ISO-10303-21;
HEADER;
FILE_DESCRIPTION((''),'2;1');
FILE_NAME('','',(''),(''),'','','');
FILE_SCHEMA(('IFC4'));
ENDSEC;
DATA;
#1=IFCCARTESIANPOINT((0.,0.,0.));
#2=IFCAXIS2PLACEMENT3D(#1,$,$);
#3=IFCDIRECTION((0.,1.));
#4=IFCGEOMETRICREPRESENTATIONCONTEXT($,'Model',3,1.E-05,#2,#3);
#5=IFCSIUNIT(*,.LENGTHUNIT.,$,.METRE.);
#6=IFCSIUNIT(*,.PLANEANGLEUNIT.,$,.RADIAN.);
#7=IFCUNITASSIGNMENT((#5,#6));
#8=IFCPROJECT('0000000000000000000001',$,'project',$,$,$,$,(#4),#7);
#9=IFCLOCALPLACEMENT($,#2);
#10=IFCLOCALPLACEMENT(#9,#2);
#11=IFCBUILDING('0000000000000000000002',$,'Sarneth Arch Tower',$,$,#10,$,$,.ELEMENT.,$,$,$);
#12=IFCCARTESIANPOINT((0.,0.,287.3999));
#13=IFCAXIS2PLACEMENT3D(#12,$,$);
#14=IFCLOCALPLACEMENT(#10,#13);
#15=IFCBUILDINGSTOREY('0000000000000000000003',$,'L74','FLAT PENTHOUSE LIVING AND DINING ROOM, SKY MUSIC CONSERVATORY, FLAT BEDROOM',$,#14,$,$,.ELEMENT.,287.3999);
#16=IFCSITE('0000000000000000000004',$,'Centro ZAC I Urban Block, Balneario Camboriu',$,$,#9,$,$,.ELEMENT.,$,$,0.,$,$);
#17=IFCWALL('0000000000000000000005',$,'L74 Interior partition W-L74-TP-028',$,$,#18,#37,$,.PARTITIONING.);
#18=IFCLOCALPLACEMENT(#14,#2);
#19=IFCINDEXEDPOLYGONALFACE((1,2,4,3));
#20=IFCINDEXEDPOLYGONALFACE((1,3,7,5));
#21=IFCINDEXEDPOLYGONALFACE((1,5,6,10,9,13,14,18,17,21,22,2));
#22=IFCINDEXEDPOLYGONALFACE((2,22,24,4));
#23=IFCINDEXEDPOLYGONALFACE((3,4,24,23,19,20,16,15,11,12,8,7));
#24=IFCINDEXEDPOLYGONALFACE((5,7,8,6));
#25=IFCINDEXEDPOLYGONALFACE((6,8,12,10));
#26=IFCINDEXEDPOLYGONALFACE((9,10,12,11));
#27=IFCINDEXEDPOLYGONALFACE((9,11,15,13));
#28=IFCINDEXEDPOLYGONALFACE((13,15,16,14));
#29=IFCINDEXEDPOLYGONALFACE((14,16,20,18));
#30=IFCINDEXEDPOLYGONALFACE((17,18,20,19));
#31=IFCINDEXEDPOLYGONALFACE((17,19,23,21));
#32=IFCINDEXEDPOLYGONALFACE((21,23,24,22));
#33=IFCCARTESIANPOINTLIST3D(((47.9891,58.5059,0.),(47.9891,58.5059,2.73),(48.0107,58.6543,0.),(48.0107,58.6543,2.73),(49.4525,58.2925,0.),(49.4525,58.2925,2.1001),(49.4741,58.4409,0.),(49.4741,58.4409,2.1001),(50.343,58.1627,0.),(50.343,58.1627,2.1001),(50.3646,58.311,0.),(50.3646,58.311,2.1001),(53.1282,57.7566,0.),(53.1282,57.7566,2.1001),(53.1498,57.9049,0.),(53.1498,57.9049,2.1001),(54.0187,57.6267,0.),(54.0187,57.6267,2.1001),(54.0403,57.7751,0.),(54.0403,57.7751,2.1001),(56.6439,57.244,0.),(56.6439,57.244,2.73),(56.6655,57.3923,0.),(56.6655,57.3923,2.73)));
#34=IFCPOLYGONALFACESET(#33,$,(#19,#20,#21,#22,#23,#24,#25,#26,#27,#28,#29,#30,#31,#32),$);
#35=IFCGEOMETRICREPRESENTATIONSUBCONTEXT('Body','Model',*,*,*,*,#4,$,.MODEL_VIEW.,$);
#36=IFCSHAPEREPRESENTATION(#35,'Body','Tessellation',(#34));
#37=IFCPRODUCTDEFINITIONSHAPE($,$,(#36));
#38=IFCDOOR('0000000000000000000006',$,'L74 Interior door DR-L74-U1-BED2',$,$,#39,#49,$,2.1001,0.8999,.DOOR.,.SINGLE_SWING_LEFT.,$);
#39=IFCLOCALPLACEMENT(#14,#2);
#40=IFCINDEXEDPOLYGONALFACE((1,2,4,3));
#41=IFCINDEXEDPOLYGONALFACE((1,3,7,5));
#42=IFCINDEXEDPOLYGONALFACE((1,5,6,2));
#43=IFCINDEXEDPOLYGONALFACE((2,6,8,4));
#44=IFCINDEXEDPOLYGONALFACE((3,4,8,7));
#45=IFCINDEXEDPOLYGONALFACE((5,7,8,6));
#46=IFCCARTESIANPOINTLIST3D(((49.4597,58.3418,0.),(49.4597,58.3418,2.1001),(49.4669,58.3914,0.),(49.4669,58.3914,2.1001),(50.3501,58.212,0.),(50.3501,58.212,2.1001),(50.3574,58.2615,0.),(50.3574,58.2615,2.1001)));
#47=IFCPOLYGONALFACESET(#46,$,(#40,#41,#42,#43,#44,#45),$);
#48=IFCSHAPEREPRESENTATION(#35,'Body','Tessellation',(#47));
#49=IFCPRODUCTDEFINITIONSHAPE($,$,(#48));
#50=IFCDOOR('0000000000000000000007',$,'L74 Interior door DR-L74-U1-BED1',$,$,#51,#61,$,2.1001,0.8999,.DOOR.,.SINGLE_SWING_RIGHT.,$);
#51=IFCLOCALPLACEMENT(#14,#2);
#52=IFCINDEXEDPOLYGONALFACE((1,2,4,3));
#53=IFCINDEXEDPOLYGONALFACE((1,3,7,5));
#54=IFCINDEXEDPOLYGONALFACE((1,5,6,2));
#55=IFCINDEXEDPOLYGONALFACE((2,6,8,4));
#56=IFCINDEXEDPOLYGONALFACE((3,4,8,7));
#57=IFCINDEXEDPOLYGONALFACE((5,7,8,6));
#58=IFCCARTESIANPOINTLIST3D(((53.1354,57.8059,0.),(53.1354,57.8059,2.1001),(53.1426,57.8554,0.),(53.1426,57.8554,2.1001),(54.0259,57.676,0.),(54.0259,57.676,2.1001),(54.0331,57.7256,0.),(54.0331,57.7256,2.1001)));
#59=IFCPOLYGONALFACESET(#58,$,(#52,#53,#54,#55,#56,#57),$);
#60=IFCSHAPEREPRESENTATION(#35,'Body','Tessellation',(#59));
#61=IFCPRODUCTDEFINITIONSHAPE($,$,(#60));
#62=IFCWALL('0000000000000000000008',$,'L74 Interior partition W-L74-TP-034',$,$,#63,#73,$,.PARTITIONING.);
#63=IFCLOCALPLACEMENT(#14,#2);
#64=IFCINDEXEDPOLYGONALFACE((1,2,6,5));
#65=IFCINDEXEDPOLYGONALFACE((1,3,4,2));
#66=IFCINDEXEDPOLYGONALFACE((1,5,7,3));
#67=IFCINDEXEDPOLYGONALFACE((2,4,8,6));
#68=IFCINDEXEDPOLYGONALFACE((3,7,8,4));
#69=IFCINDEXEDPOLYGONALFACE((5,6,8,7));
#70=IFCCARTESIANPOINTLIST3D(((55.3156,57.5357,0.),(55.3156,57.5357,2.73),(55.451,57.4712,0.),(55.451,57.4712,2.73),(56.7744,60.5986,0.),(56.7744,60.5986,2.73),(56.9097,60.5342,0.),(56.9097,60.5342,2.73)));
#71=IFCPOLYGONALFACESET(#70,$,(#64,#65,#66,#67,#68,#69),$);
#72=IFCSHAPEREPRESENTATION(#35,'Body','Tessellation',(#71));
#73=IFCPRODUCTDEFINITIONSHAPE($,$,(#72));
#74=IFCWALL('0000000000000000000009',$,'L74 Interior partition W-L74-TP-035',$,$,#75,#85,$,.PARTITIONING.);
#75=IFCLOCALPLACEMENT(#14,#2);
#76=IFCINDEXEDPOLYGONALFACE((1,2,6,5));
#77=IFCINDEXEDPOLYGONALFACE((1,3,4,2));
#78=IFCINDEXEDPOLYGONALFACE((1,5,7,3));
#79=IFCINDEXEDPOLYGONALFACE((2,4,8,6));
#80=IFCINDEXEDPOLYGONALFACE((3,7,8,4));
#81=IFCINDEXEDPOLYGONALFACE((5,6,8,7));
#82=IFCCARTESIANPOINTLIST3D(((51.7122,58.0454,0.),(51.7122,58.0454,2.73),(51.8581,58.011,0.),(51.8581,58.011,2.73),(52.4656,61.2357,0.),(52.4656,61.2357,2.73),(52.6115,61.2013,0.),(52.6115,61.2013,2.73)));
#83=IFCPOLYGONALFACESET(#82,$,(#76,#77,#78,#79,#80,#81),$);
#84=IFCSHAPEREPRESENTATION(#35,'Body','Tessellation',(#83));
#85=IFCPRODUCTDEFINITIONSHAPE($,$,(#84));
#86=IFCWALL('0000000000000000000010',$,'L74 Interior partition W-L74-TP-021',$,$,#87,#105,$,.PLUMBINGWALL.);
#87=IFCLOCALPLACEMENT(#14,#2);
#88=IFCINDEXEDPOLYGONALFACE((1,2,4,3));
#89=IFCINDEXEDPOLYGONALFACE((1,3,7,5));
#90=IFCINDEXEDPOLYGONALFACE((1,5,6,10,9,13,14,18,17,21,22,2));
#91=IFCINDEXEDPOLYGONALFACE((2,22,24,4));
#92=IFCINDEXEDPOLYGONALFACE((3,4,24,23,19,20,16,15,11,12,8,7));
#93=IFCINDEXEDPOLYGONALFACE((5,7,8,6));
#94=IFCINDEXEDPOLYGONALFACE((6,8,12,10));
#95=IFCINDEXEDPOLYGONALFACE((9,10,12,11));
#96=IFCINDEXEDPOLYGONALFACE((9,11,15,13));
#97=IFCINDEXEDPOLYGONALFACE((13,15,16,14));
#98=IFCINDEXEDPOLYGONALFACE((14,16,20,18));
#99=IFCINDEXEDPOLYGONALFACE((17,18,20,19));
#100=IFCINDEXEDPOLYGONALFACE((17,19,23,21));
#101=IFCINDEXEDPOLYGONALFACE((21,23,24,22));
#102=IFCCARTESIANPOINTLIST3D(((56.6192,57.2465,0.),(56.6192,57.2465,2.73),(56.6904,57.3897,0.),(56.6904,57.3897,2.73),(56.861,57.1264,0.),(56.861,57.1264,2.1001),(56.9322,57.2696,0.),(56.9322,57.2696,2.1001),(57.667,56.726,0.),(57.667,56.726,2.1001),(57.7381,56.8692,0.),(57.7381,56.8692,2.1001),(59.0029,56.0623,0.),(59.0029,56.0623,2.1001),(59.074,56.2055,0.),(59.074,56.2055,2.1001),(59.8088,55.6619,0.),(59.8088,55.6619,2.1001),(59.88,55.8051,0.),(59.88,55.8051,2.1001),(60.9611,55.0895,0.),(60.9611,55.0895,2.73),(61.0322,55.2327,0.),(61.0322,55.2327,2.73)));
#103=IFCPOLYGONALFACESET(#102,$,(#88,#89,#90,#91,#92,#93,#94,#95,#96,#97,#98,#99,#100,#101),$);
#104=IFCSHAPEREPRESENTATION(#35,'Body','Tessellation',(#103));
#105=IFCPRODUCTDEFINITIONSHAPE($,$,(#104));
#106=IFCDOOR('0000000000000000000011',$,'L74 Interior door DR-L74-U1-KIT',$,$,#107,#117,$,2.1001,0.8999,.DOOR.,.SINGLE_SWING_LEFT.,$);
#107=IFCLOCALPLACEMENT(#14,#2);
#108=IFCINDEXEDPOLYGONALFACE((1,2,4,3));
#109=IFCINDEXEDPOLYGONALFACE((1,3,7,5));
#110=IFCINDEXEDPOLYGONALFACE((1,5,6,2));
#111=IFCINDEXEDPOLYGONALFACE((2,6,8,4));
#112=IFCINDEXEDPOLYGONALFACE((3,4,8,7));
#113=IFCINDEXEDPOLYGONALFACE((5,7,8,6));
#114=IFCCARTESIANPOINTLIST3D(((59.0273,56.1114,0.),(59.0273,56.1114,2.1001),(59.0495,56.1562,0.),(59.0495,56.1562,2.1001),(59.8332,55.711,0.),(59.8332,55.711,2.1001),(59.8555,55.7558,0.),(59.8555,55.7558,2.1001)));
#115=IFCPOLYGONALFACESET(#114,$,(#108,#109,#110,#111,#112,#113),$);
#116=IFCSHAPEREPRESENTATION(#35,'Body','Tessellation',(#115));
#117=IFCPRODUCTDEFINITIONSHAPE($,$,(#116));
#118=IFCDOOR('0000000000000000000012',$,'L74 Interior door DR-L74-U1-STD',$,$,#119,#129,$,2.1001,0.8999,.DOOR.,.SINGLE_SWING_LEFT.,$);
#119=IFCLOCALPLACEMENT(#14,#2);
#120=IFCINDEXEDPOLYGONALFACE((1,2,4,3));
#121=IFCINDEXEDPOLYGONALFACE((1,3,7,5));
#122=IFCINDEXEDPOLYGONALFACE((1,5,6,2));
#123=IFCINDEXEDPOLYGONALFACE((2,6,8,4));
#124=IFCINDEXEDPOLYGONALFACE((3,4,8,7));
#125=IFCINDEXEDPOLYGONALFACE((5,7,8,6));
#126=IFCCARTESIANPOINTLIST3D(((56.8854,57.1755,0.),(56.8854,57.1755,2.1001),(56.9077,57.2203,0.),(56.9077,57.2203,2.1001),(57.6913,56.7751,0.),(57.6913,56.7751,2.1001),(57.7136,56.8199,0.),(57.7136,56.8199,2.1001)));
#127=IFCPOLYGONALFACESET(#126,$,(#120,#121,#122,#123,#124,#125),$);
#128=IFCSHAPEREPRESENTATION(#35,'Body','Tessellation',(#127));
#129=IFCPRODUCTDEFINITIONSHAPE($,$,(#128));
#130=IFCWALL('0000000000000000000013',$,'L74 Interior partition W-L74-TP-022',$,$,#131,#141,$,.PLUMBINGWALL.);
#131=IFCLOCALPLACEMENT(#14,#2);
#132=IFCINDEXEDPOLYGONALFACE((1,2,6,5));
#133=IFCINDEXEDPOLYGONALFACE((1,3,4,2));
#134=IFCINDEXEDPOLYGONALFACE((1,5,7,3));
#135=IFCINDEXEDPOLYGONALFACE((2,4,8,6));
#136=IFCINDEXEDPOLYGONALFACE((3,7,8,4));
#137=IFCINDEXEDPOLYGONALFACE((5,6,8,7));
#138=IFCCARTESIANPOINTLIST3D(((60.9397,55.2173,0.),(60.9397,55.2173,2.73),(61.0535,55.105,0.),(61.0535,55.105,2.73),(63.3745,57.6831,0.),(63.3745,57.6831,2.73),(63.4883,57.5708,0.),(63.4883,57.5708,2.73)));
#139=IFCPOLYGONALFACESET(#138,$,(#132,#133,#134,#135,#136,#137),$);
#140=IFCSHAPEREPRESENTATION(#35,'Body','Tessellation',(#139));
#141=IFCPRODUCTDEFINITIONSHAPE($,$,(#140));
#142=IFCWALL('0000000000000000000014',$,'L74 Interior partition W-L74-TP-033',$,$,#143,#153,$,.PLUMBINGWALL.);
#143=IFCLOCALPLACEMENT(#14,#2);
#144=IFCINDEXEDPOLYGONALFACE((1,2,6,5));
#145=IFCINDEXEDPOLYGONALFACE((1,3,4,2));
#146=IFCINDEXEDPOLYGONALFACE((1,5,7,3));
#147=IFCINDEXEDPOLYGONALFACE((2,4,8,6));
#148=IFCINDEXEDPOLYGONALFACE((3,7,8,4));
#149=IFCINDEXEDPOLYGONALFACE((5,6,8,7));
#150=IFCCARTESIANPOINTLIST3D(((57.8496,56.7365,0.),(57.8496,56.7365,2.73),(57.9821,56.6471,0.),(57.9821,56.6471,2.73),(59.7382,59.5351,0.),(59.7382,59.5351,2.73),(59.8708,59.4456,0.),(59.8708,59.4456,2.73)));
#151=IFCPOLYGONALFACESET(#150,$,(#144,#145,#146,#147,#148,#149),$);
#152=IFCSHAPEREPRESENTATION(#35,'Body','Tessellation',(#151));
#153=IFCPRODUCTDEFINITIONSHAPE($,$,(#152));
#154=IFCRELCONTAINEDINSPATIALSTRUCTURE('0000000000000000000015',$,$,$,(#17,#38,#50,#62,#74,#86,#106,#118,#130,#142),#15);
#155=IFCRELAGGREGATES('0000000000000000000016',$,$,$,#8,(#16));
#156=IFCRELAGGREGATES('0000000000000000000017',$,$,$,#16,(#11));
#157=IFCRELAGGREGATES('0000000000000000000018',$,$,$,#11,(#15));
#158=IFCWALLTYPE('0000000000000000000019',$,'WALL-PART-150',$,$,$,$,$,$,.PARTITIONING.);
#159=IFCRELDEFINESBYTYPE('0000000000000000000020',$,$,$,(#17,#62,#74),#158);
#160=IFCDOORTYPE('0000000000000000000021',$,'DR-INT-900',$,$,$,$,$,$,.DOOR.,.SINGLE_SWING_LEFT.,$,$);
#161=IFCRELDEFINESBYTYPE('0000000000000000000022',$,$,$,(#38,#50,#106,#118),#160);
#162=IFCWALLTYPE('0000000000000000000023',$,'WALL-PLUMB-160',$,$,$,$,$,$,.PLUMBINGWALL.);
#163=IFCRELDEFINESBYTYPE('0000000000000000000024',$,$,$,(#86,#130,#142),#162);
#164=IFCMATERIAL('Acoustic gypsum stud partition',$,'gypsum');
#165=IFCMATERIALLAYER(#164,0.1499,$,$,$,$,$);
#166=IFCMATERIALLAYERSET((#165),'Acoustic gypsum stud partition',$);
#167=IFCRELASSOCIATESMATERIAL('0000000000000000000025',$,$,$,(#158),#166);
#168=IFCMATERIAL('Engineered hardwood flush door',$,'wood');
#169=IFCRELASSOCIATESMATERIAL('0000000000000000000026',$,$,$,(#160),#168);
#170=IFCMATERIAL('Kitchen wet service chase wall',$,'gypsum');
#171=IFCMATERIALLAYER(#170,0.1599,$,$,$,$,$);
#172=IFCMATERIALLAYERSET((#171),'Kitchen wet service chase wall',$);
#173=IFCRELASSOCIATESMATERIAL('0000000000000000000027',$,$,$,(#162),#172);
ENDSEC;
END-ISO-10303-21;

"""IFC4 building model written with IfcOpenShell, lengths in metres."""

from ifc_helpers import new_model, si_unit, direction, frame, frame_2d, origin, place, context, subcontext, project, spatial, rectangle, extrude, material, layer, layer_set, type_object, element, fill, save


model = new_model("IFC4")

# Units and contexts
model_context = context("Model", 3, precision=1e-05, world=origin(), true_north=direction((0.0, 1.0)))
body_context = subcontext(model_context, "Body", "Model", "MODEL_VIEW")
ifc_project = project(units=[si_unit("LENGTHUNIT", "METRE"), si_unit("PLANEANGLEUNIT", "RADIAN")], contexts=[model_context])

# Site, building, storey
site_placement = place(None, origin())
site = spatial("IfcSite", under=ifc_project, at=site_placement, Name="Centro ZAC I Urban Block, Balneario Camboriu", CompositionType="ELEMENT", RefElevation=0.0)
building_placement = place(site_placement, origin())
building = spatial("IfcBuilding", under=site, at=building_placement, Name="Sarneth Arch Tower", CompositionType="ELEMENT")
storey_placement = place(building_placement, frame((0.0, 0.0, 287.3999)))
storey = spatial("IfcBuildingStorey", under=building, at=storey_placement, Name="L74", Description="FLAT PENTHOUSE LIVING AND DINING ROOM, SKY MUSIC CONSERVATORY, FLAT BEDROOM", CompositionType="ELEMENT", Elevation=287.3999)

# Wall, openings, doors
ifc_material_1 = material(Name="Acoustic gypsum stud partition", Category="gypsum")
ifc_layer_1 = layer(ifc_material_1, 0.1499)
ifc_layer_set_1 = layer_set([ifc_layer_1], Name="Acoustic gypsum stud partition")
wall_type_1 = type_object("IfcWallType", Name="WALL-PART-150", PredefinedType="PARTITIONING", material=ifc_layer_set_1)
wall_1_placement = place(storey_placement, frame((48.0, 58.5801, 0.0), z_axis=(0.0, 0.0, 1.0), x_axis=(0.989536, -0.144285, 0.0)))
wall_1 = element("IfcWall", 1, at=wall_1_placement, inside=storey, type_object=wall_type_1, Name="L74 Interior partition W-L74-TP-028", PredefinedType="PARTITIONING", context=body_context, shape_type="SweptSolid", body=[
    extrude(rectangle(XDim=8.7463, YDim=0.1499, at=frame_2d((4.373, 0.0))), origin(), (0.0, 0.0, 1.0), 2.73),
])
opening_1_placement = place(wall_1_placement, frame((1.4788, 0.0, 0.0)))
opening_1 = element("IfcOpeningElement", 2, at=opening_1_placement, cuts=wall_1, PredefinedType="OPENING", context=body_context, shape_type="SweptSolid", body=[
    extrude(rectangle(XDim=0.8999, YDim=2.1001, at=frame_2d((0.45, 1.05))), frame((0.0, 0.085, 0.0), z_axis=(0.0, -1.0, 0.0), x_axis=(1.0, 0.0, 0.0)), (0.0, 0.0, 1.0), 0.1699),
])
opening_2_placement = place(wall_1_placement, frame((5.1934, 0.0, 0.0)))
opening_2 = element("IfcOpeningElement", 3, at=opening_2_placement, cuts=wall_1, PredefinedType="OPENING", context=body_context, shape_type="SweptSolid", body=[
    extrude(rectangle(XDim=0.8999, YDim=2.1001, at=frame_2d((0.45, 1.05))), frame((0.0, 0.085, 0.0), z_axis=(0.0, -1.0, 0.0), x_axis=(1.0, 0.0, 0.0)), (0.0, 0.0, 1.0), 0.1699),
])
ifc_material_2 = material(Name="Engineered hardwood flush door", Category="wood")
door_type_1 = type_object("IfcDoorType", Name="DR-INT-900", OperationType="SINGLE_SWING_LEFT", PredefinedType="DOOR", material=ifc_material_2)
door_1_placement = place(opening_1_placement, origin())
door_1 = element("IfcDoor", 4, at=door_1_placement, inside=storey, type_object=door_type_1, Name="L74 Interior door DR-L74-U1-BED2", OperationType="SINGLE_SWING_LEFT", OverallHeight=2.1001, OverallWidth=0.8999, PredefinedType="DOOR", context=body_context, shape_type="SweptSolid", body=[
    extrude(rectangle(XDim=0.8999, YDim=2.1001, at=frame_2d((0.45, 1.05))), frame((0.0, 0.0249, 0.0), z_axis=(0.0, -1.0, 0.0), x_axis=(1.0, 0.0, 0.0)), (0.0, 0.0, 1.0), 0.05),
])
fill(opening_1, door_1)
door_2_placement = place(opening_2_placement, origin())
door_2 = element("IfcDoor", 5, at=door_2_placement, inside=storey, type_object=door_type_1, Name="L74 Interior door DR-L74-U1-BED1", OperationType="SINGLE_SWING_RIGHT", OverallHeight=2.1001, OverallWidth=0.8999, PredefinedType="DOOR", context=body_context, shape_type="SweptSolid", body=[
    extrude(rectangle(XDim=0.8999, YDim=2.1001, at=frame_2d((0.45, 1.05))), frame((0.0, 0.0249, 0.0), z_axis=(0.0, -1.0, 0.0), x_axis=(1.0, 0.0, 0.0)), (0.0, 0.0, 1.0), 0.05),
])
fill(opening_2, door_2)

# Walls
wall_2_placement = place(storey_placement, frame((56.842, 60.5664, 0.0), z_axis=(0.0, 0.0, 1.0), x_axis=(-0.429975, -0.902841, 0.0)))
element("IfcWall", 6, at=wall_2_placement, inside=storey, type_object=wall_type_1, Name="L74 Interior partition W-L74-TP-034", PredefinedType="PARTITIONING", context=body_context, shape_type="SweptSolid", body=[
    extrude(rectangle(XDim=3.3926, YDim=0.1499, at=frame_2d((1.6963, 0.0))), origin(), (0.0, 0.0, 1.0), 2.73),
])
wall_3_placement = place(storey_placement, frame((51.7852, 58.0281, 0.0), z_axis=(0.0, 0.0, 1.0), x_axis=(0.229828, 0.973231, 0.0)))
element("IfcWall", 7, at=wall_3_placement, inside=storey, type_object=wall_type_1, Name="L74 Interior partition W-L74-TP-035", PredefinedType="PARTITIONING", context=body_context, shape_type="SweptSolid", body=[
    extrude(rectangle(XDim=3.2781, YDim=0.1499, at=frame_2d((1.6392, 0.0))), origin(), (0.0, 0.0, 1.0), 2.73),
])

# Wall, openings, doors
ifc_material_3 = material(Name="Kitchen wet service chase wall", Category="gypsum")
ifc_layer_2 = layer(ifc_material_3, 0.1599)
ifc_layer_set_2 = layer_set([ifc_layer_2], Name="Kitchen wet service chase wall")
wall_type_2 = type_object("IfcWallType", Name="WALL-PLUMB-160", PredefinedType="PLUMBINGWALL", material=ifc_layer_set_2)
wall_4_placement = place(storey_placement, frame((56.6548, 57.3181, 0.0), z_axis=(0.0, 0.0, 1.0), x_axis=(0.895572, -0.444916, 0.0)))
wall_4 = element("IfcWall", 8, at=wall_4_placement, inside=storey, type_object=wall_type_2, Name="L74 Interior partition W-L74-TP-021", PredefinedType="PLUMBINGWALL", context=body_context, shape_type="SweptSolid", body=[
    extrude(rectangle(XDim=4.8481, YDim=0.1599, at=frame_2d((2.4241, 0.0))), origin(), (0.0, 0.0, 1.0), 2.73),
])
opening_3_placement = place(wall_4_placement, frame((2.6616, 0.0, 0.0)))
opening_3 = element("IfcOpeningElement", 9, at=opening_3_placement, cuts=wall_4, PredefinedType="OPENING", context=body_context, shape_type="SweptSolid", body=[
    extrude(rectangle(XDim=0.8999, YDim=2.1001, at=frame_2d((0.45, 1.05))), frame((0.0, 0.0898, 0.0), z_axis=(0.0, -1.0, 0.0), x_axis=(1.0, 0.0, 0.0)), (0.0, 0.0, 1.0), 0.1799),
])
opening_4_placement = place(wall_4_placement, frame((0.27, 0.0, 0.0)))
opening_4 = element("IfcOpeningElement", 10, at=opening_4_placement, cuts=wall_4, PredefinedType="OPENING", context=body_context, shape_type="SweptSolid", body=[
    extrude(rectangle(XDim=0.8999, YDim=2.1001, at=frame_2d((0.45, 1.05))), frame((0.0, 0.0898, 0.0), z_axis=(0.0, -1.0, 0.0), x_axis=(1.0, 0.0, 0.0)), (0.0, 0.0, 1.0), 0.1799),
])
door_3_placement = place(opening_3_placement, origin())
door_3 = element("IfcDoor", 11, at=door_3_placement, inside=storey, type_object=door_type_1, Name="L74 Interior door DR-L74-U1-KIT", OperationType="SINGLE_SWING_LEFT", OverallHeight=2.1001, OverallWidth=0.8999, PredefinedType="DOOR", context=body_context, shape_type="SweptSolid", body=[
    extrude(rectangle(XDim=0.8999, YDim=2.1001, at=frame_2d((0.45, 1.05))), frame((0.0, 0.0249, 0.0), z_axis=(0.0, -1.0, 0.0), x_axis=(1.0, 0.0, 0.0)), (0.0, 0.0, 1.0), 0.05),
])
fill(opening_3, door_3)
door_4_placement = place(opening_4_placement, origin())
door_4 = element("IfcDoor", 12, at=door_4_placement, inside=storey, type_object=door_type_1, Name="L74 Interior door DR-L74-U1-STD", OperationType="SINGLE_SWING_LEFT", OverallHeight=2.1001, OverallWidth=0.8999, PredefinedType="DOOR", context=body_context, shape_type="SweptSolid", body=[
    extrude(rectangle(XDim=0.8999, YDim=2.1001, at=frame_2d((0.45, 1.05))), frame((0.0, 0.0249, 0.0), z_axis=(0.0, -1.0, 0.0), x_axis=(1.0, 0.0, 0.0)), (0.0, 0.0, 1.0), 0.05),
])
fill(opening_4, door_4)

# Walls
wall_5_placement = place(storey_placement, frame((60.9966, 55.1611, 0.0), z_axis=(0.0, 0.0, 1.0), x_axis=(0.702619, 0.711566, 0.0)))
element("IfcWall", 13, at=wall_5_placement, inside=storey, type_object=wall_type_2, Name="L74 Interior partition W-L74-TP-022", PredefinedType="PLUMBINGWALL", context=body_context, shape_type="SweptSolid", body=[
    extrude(rectangle(XDim=3.4653, YDim=0.1599, at=frame_2d((1.7327, 0.0))), origin(), (0.0, 0.0, 1.0), 2.73),
])
wall_6_placement = place(storey_placement, frame((59.8044, 59.4902, 0.0), z_axis=(0.0, 0.0, 1.0), x_axis=(-0.559397, -0.8289, 0.0)))
element("IfcWall", 14, at=wall_6_placement, inside=storey, type_object=wall_type_2, Name="L74 Interior partition W-L74-TP-033", PredefinedType="PLUMBINGWALL", context=body_context, shape_type="SweptSolid", body=[
    extrude(rectangle(XDim=3.3762, YDim=0.1599, at=frame_2d((1.688, 0.0))), origin(), (0.0, 0.0, 1.0), 2.73),
])

save(model, "model.ifc")
